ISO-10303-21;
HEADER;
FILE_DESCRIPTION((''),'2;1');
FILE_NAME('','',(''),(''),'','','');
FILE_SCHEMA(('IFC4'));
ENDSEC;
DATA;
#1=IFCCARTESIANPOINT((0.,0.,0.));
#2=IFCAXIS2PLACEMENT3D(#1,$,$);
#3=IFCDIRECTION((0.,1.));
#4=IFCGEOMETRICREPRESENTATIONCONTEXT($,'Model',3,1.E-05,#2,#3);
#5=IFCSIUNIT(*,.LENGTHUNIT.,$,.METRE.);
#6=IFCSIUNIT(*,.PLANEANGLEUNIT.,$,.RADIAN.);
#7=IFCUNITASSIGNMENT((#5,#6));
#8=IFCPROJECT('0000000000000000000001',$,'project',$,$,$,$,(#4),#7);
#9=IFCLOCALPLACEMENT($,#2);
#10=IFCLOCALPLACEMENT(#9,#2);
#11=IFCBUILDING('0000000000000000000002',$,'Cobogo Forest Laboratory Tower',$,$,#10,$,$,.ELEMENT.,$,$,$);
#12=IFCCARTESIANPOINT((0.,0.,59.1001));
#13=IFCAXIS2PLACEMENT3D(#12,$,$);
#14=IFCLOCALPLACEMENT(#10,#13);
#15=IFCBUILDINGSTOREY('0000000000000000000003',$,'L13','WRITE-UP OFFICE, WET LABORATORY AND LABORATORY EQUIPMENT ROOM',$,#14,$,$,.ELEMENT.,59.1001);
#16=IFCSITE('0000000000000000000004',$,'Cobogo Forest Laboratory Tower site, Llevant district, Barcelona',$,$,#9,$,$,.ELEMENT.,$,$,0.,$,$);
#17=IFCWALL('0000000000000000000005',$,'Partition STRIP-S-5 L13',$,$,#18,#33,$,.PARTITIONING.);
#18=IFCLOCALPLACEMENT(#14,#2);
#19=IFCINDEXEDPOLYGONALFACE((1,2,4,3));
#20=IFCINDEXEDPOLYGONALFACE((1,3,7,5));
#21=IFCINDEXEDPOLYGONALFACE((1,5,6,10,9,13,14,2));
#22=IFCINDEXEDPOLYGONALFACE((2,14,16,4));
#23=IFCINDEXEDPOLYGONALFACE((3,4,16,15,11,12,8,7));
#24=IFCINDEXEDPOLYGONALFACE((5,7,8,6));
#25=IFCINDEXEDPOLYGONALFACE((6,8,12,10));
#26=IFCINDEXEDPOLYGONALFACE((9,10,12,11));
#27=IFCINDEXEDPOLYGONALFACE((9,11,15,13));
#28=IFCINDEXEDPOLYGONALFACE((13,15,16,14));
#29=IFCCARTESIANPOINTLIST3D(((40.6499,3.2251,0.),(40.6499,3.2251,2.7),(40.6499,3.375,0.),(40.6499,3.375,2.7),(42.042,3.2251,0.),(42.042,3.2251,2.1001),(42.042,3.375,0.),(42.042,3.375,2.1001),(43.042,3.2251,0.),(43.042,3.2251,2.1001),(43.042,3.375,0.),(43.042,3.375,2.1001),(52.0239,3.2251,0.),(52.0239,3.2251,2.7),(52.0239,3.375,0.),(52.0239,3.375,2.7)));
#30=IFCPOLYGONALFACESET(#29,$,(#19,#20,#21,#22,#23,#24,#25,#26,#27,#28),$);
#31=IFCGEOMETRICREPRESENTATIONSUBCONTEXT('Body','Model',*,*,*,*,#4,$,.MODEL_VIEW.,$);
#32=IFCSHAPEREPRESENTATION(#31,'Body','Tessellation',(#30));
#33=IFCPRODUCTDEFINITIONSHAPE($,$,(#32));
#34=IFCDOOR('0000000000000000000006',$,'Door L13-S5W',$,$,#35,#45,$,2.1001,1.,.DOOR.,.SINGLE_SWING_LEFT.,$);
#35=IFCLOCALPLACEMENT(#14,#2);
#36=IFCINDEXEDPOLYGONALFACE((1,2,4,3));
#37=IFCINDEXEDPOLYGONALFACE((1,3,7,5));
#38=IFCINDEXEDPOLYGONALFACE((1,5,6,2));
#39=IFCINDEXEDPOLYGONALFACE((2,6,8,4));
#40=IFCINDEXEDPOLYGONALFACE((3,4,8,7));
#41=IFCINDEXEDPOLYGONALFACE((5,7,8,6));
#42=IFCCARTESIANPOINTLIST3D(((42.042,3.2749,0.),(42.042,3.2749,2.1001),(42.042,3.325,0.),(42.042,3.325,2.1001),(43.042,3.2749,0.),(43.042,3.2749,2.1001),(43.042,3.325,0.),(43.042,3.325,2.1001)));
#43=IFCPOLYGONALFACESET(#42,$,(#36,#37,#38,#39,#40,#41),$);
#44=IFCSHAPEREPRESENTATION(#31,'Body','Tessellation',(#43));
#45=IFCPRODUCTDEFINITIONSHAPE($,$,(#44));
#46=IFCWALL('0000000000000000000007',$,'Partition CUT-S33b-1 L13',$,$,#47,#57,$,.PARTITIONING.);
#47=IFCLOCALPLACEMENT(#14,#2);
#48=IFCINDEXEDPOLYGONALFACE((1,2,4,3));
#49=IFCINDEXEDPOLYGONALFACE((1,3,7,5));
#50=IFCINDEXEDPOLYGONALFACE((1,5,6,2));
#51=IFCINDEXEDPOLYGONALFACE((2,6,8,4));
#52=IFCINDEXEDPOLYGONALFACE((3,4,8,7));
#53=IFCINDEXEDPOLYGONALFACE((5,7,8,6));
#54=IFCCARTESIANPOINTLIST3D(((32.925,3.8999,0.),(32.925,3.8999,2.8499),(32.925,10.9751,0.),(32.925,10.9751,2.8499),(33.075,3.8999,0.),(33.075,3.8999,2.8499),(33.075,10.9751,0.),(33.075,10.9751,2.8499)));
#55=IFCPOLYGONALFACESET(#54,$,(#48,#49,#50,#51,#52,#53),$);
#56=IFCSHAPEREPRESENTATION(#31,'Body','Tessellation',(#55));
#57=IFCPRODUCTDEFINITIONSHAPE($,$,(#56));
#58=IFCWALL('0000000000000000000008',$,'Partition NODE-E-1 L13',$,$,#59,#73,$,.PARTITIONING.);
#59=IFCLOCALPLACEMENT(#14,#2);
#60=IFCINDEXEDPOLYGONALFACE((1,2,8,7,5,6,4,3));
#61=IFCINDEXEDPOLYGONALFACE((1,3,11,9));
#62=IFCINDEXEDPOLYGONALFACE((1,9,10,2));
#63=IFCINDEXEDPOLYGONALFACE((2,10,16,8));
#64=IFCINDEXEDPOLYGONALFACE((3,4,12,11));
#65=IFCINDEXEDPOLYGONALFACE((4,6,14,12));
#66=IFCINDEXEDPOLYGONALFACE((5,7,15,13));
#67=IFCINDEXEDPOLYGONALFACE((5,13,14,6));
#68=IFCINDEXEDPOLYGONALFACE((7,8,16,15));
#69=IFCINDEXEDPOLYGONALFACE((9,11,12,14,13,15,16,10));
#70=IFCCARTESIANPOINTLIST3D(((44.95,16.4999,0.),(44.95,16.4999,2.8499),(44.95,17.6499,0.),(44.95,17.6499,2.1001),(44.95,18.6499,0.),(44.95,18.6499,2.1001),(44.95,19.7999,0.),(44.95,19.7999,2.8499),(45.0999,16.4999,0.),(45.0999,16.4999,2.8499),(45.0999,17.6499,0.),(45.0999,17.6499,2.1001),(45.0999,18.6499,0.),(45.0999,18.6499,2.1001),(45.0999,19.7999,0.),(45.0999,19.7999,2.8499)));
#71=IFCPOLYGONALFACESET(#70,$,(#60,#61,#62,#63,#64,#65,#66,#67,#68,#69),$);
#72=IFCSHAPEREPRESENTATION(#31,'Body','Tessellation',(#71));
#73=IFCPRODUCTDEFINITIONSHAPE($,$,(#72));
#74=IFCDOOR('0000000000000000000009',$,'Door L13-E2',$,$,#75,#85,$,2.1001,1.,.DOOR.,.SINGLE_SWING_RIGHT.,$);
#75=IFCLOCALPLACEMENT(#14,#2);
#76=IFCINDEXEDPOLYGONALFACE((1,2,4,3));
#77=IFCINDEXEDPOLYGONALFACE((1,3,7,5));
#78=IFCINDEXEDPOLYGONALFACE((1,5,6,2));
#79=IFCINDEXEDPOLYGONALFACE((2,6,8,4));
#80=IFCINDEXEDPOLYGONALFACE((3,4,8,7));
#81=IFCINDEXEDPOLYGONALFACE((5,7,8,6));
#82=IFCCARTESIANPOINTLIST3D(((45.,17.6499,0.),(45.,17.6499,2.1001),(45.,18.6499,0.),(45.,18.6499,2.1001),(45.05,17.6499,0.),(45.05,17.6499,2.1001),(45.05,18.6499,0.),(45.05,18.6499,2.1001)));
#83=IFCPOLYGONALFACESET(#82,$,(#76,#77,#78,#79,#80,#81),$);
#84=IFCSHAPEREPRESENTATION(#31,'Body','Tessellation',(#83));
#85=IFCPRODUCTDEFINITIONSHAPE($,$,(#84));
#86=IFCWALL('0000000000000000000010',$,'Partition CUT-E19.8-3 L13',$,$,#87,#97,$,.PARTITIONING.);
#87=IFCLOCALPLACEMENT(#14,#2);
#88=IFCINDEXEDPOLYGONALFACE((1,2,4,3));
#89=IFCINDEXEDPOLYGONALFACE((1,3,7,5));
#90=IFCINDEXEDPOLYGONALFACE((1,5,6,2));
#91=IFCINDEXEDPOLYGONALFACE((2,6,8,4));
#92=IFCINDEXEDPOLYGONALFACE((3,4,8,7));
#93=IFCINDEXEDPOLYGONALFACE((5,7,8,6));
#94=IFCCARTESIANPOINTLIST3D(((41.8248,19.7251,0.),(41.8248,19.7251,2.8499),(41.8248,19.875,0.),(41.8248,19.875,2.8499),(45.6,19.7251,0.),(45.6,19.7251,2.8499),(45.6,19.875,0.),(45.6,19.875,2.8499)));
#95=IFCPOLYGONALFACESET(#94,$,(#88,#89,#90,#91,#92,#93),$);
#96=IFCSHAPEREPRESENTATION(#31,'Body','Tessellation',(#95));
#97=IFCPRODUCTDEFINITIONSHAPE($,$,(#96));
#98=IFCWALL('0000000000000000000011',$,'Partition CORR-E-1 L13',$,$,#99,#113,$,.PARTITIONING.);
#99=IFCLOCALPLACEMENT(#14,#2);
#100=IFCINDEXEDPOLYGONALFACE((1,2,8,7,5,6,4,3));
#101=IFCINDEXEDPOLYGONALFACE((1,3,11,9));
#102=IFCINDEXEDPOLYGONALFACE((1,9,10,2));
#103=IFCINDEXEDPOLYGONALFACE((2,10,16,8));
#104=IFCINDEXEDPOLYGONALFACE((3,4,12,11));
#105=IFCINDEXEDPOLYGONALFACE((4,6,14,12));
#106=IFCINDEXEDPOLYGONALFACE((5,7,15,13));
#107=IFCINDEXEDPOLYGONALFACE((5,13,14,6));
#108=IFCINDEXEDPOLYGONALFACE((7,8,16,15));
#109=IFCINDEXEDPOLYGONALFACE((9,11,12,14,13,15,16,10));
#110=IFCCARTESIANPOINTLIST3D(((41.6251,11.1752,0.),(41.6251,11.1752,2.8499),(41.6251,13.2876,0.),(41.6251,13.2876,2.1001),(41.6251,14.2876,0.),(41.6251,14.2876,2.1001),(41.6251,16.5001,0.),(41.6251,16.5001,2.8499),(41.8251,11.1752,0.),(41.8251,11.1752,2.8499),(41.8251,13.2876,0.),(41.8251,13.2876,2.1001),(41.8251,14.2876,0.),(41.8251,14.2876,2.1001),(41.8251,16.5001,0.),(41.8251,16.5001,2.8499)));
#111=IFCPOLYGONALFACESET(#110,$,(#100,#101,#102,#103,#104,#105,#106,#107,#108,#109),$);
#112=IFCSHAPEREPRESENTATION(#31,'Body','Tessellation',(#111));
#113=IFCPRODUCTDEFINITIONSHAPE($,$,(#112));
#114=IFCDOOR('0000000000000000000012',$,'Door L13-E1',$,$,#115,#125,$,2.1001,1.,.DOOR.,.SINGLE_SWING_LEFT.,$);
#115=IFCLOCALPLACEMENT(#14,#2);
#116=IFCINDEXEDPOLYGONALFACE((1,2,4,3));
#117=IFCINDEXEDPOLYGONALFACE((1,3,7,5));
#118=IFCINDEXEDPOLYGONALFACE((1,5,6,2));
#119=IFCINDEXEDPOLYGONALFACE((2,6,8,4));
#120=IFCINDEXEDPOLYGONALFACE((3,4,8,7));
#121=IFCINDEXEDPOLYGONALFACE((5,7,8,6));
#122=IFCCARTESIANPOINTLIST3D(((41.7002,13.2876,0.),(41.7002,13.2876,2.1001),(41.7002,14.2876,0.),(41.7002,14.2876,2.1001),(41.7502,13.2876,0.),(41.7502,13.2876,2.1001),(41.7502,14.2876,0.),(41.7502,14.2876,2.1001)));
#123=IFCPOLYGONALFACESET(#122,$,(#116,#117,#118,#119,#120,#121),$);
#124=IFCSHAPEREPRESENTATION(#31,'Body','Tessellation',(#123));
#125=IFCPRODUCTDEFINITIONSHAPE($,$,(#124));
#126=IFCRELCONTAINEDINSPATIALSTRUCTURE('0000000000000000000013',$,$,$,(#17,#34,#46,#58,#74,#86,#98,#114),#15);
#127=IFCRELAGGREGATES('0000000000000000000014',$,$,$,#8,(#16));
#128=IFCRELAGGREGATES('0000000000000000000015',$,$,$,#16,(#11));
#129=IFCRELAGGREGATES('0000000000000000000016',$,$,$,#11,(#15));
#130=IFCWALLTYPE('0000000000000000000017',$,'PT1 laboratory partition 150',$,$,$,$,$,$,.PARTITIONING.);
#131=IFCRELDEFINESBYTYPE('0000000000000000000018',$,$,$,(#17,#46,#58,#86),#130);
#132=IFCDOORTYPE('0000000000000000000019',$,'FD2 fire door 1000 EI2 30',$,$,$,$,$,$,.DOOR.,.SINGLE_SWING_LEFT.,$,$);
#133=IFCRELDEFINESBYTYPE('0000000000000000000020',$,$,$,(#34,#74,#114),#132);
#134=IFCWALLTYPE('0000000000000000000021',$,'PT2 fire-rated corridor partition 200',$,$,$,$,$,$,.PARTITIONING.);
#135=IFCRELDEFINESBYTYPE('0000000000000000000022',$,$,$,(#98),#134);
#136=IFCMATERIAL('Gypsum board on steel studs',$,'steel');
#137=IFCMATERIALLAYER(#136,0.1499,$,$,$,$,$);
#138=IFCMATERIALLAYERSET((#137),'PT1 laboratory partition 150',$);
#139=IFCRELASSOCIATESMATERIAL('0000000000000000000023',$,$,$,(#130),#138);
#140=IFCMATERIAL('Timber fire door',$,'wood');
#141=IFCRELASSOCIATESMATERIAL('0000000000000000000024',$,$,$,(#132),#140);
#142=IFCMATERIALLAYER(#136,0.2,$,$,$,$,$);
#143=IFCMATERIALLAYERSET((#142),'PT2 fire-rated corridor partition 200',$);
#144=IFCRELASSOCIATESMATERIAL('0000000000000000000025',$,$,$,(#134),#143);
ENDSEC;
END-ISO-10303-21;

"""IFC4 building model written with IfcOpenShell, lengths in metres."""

from ifc_helpers import new_model, si_unit, direction, frame, frame_2d, origin, place, context, subcontext, project, spatial, rectangle, extrude, material, layer, layer_set, type_object, element, fill, save


model = new_model("IFC4")

# Units and contexts
model_context = context("Model", 3, precision=1e-05, world=origin(), true_north=direction((0.0, 1.0)))
body_context = subcontext(model_context, "Body", "Model", "MODEL_VIEW")
ifc_project = project(units=[si_unit("LENGTHUNIT", "METRE"), si_unit("PLANEANGLEUNIT", "RADIAN")], contexts=[model_context])

# Site, building, storey
site_placement = place(None, origin())
site = spatial("IfcSite", under=ifc_project, at=site_placement, Name="Cobogo Forest Laboratory Tower site, Llevant district, Barcelona", CompositionType="ELEMENT", RefElevation=0.0)
building_placement = place(site_placement, origin())
building = spatial("IfcBuilding", under=site, at=building_placement, Name="Cobogo Forest Laboratory Tower", CompositionType="ELEMENT")
storey_placement = place(building_placement, frame((0.0, 0.0, 59.1001)))
storey = spatial("IfcBuildingStorey", under=building, at=storey_placement, Name="L13", Description="WRITE-UP OFFICE, WET LABORATORY AND LABORATORY EQUIPMENT ROOM", CompositionType="ELEMENT", Elevation=59.1001)

# Shared definitions
ifc_material_1 = material(Name="Gypsum board on steel studs", Category="steel")
ifc_layer_1 = layer(ifc_material_1, 0.1499)
ifc_layer_set_1 = layer_set([ifc_layer_1], Name="PT1 laboratory partition 150")
wall_type_1 = type_object("IfcWallType", Name="PT1 laboratory partition 150", PredefinedType="PARTITIONING", material=ifc_layer_set_1)

# Wall, opening, door
wall_1_placement = place(storey_placement, frame((40.6499, 3.3, 0.0), z_axis=(0.0, 0.0, 1.0), x_axis=(1.0, 0.0, 0.0)))
wall_1 = element("IfcWall", 1, at=wall_1_placement, inside=storey, type_object=wall_type_1, Name="Partition STRIP-S-5 L13", PredefinedType="PARTITIONING", context=body_context, shape_type="SweptSolid", body=[
    extrude(rectangle(XDim=11.374, YDim=0.1499, at=frame_2d((5.687, 0.0))), origin(), (0.0, 0.0, 1.0), 2.7),
])
opening_1_placement = place(wall_1_placement, frame((1.3921, 0.0, 0.0)))
opening_1 = element("IfcOpeningElement", 2, at=opening_1_placement, cuts=wall_1, PredefinedType="OPENING", context=body_context, shape_type="SweptSolid", body=[
    extrude(rectangle(XDim=1.0, YDim=2.1001, at=frame_2d((0.5, 1.05))), frame((0.0, 0.085, 0.0), z_axis=(0.0, -1.0, 0.0), x_axis=(1.0, 0.0, 0.0)), (0.0, 0.0, 1.0), 0.1699),
])
ifc_material_2 = material(Name="Timber fire door", Category="wood")
door_type_1 = type_object("IfcDoorType", Name="FD2 fire door 1000 EI2 30", OperationType="SINGLE_SWING_LEFT", PredefinedType="DOOR", material=ifc_material_2)
door_1_placement = place(opening_1_placement, origin())
door_1 = element("IfcDoor", 3, at=door_1_placement, inside=storey, type_object=door_type_1, Name="Door L13-S5W", OperationType="SINGLE_SWING_LEFT", OverallHeight=2.1001, OverallWidth=1.0, PredefinedType="DOOR", context=body_context, shape_type="SweptSolid", body=[
    extrude(rectangle(XDim=1.0, YDim=2.1001, at=frame_2d((0.5, 1.05))), frame((0.0, 0.0249, 0.0), z_axis=(0.0, -1.0, 0.0), x_axis=(1.0, 0.0, 0.0)), (0.0, 0.0, 1.0), 0.05),
])
fill(opening_1, door_1)

# Wall
wall_2_placement = place(storey_placement, frame((33.0, 3.8999, 0.0), z_axis=(0.0, 0.0, 1.0), x_axis=(0.0, 1.0, 0.0)))
element("IfcWall", 4, at=wall_2_placement, inside=storey, type_object=wall_type_1, Name="Partition CUT-S33b-1 L13", PredefinedType="PARTITIONING", context=body_context, shape_type="SweptSolid", body=[
    extrude(rectangle(XDim=7.0752, YDim=0.1499, at=frame_2d((3.5376, 0.0))), origin(), (0.0, 0.0, 1.0), 2.8499),
])

# Wall, opening, door
wall_3_placement = place(storey_placement, frame((45.0249, 16.5, 0.0), z_axis=(0.0, 0.0, 1.0), x_axis=(0.0, 1.0, 0.0)))
wall_3 = element("IfcWall", 5, at=wall_3_placement, inside=storey, type_object=wall_type_1, Name="Partition NODE-E-1 L13", PredefinedType="PARTITIONING", context=body_context, shape_type="SweptSolid", body=[
    extrude(rectangle(XDim=3.3, YDim=0.1499, at=frame_2d((1.6499, 0.0))), origin(), (0.0, 0.0, 1.0), 2.8499),
])
opening_2_placement = place(wall_3_placement, frame((1.1499, 0.0, 0.0)))
opening_2 = element("IfcOpeningElement", 6, at=opening_2_placement, cuts=wall_3, PredefinedType="OPENING", context=body_context, shape_type="SweptSolid", body=[
    extrude(rectangle(XDim=1.0, YDim=2.1001, at=frame_2d((0.5, 1.05))), frame((0.0, 0.085, 0.0), z_axis=(0.0, -1.0, 0.0), x_axis=(1.0, 0.0, 0.0)), (0.0, 0.0, 1.0), 0.1699),
])
door_2_placement = place(opening_2_placement, origin())
door_2 = element("IfcDoor", 7, at=door_2_placement, inside=storey, type_object=door_type_1, Name="Door L13-E2", OperationType="SINGLE_SWING_RIGHT", OverallHeight=2.1001, OverallWidth=1.0, PredefinedType="DOOR", context=body_context, shape_type="SweptSolid", body=[
    extrude(rectangle(XDim=1.0, YDim=2.1001, at=frame_2d((0.5, 1.05))), frame((0.0, 0.0249, 0.0), z_axis=(0.0, -1.0, 0.0), x_axis=(1.0, 0.0, 0.0)), (0.0, 0.0, 1.0), 0.05),
])
fill(opening_2, door_2)

# Wall
wall_4_placement = place(storey_placement, frame((45.6001, 19.8, 0.0), z_axis=(0.0, 0.0, 1.0), x_axis=(-1.0, 0.0, 0.0)))
element("IfcWall", 8, at=wall_4_placement, inside=storey, type_object=wall_type_1, Name="Partition CUT-E19.8-3 L13", PredefinedType="PARTITIONING", context=body_context, shape_type="SweptSolid", body=[
    extrude(rectangle(XDim=3.7751, YDim=0.1499, at=frame_2d((1.8877, 0.0))), origin(), (0.0, 0.0, 1.0), 2.8499),
])

# Wall, opening, door
ifc_layer_2 = layer(ifc_material_1, 0.2)
ifc_layer_set_2 = layer_set([ifc_layer_2], Name="PT2 fire-rated corridor partition 200")
wall_type_2 = type_object("IfcWallType", Name="PT2 fire-rated corridor partition 200", PredefinedType="PARTITIONING", material=ifc_layer_set_2)
wall_5_placement = place(storey_placement, frame((41.7251, 11.175, 0.0), z_axis=(0.0, 0.0, 1.0), x_axis=(0.0, 1.0, 0.0)))
wall_5 = element("IfcWall", 9, at=wall_5_placement, inside=storey, type_object=wall_type_2, Name="Partition CORR-E-1 L13", PredefinedType="PARTITIONING", context=body_context, shape_type="SweptSolid", body=[
    extrude(rectangle(XDim=5.325, YDim=0.2, at=frame_2d((2.6626, 0.0))), origin(), (0.0, 0.0, 1.0), 2.8499),
])
opening_3_placement = place(wall_5_placement, frame((2.1125, 0.0, 0.0)))
opening_3 = element("IfcOpeningElement", 10, at=opening_3_placement, cuts=wall_5, PredefinedType="OPENING", context=body_context, shape_type="SweptSolid", body=[
    extrude(rectangle(XDim=1.0, YDim=2.1001, at=frame_2d((0.5, 1.05))), frame((0.0, 0.1099, 0.0), z_axis=(0.0, -1.0, 0.0), x_axis=(1.0, 0.0, 0.0)), (0.0, 0.0, 1.0), 0.22),
])
door_3_placement = place(opening_3_placement, origin())
door_3 = element("IfcDoor", 11, at=door_3_placement, inside=storey, type_object=door_type_1, Name="Door L13-E1", OperationType="SINGLE_SWING_LEFT", OverallHeight=2.1001, OverallWidth=1.0, PredefinedType="DOOR", context=body_context, shape_type="SweptSolid", body=[
    extrude(rectangle(XDim=1.0, YDim=2.1001, at=frame_2d((0.5, 1.05))), frame((0.0, 0.0249, 0.0), z_axis=(0.0, -1.0, 0.0), x_axis=(1.0, 0.0, 0.0)), (0.0, 0.0, 1.0), 0.05),
])
fill(opening_3, door_3)

save(model, "model.ifc")
